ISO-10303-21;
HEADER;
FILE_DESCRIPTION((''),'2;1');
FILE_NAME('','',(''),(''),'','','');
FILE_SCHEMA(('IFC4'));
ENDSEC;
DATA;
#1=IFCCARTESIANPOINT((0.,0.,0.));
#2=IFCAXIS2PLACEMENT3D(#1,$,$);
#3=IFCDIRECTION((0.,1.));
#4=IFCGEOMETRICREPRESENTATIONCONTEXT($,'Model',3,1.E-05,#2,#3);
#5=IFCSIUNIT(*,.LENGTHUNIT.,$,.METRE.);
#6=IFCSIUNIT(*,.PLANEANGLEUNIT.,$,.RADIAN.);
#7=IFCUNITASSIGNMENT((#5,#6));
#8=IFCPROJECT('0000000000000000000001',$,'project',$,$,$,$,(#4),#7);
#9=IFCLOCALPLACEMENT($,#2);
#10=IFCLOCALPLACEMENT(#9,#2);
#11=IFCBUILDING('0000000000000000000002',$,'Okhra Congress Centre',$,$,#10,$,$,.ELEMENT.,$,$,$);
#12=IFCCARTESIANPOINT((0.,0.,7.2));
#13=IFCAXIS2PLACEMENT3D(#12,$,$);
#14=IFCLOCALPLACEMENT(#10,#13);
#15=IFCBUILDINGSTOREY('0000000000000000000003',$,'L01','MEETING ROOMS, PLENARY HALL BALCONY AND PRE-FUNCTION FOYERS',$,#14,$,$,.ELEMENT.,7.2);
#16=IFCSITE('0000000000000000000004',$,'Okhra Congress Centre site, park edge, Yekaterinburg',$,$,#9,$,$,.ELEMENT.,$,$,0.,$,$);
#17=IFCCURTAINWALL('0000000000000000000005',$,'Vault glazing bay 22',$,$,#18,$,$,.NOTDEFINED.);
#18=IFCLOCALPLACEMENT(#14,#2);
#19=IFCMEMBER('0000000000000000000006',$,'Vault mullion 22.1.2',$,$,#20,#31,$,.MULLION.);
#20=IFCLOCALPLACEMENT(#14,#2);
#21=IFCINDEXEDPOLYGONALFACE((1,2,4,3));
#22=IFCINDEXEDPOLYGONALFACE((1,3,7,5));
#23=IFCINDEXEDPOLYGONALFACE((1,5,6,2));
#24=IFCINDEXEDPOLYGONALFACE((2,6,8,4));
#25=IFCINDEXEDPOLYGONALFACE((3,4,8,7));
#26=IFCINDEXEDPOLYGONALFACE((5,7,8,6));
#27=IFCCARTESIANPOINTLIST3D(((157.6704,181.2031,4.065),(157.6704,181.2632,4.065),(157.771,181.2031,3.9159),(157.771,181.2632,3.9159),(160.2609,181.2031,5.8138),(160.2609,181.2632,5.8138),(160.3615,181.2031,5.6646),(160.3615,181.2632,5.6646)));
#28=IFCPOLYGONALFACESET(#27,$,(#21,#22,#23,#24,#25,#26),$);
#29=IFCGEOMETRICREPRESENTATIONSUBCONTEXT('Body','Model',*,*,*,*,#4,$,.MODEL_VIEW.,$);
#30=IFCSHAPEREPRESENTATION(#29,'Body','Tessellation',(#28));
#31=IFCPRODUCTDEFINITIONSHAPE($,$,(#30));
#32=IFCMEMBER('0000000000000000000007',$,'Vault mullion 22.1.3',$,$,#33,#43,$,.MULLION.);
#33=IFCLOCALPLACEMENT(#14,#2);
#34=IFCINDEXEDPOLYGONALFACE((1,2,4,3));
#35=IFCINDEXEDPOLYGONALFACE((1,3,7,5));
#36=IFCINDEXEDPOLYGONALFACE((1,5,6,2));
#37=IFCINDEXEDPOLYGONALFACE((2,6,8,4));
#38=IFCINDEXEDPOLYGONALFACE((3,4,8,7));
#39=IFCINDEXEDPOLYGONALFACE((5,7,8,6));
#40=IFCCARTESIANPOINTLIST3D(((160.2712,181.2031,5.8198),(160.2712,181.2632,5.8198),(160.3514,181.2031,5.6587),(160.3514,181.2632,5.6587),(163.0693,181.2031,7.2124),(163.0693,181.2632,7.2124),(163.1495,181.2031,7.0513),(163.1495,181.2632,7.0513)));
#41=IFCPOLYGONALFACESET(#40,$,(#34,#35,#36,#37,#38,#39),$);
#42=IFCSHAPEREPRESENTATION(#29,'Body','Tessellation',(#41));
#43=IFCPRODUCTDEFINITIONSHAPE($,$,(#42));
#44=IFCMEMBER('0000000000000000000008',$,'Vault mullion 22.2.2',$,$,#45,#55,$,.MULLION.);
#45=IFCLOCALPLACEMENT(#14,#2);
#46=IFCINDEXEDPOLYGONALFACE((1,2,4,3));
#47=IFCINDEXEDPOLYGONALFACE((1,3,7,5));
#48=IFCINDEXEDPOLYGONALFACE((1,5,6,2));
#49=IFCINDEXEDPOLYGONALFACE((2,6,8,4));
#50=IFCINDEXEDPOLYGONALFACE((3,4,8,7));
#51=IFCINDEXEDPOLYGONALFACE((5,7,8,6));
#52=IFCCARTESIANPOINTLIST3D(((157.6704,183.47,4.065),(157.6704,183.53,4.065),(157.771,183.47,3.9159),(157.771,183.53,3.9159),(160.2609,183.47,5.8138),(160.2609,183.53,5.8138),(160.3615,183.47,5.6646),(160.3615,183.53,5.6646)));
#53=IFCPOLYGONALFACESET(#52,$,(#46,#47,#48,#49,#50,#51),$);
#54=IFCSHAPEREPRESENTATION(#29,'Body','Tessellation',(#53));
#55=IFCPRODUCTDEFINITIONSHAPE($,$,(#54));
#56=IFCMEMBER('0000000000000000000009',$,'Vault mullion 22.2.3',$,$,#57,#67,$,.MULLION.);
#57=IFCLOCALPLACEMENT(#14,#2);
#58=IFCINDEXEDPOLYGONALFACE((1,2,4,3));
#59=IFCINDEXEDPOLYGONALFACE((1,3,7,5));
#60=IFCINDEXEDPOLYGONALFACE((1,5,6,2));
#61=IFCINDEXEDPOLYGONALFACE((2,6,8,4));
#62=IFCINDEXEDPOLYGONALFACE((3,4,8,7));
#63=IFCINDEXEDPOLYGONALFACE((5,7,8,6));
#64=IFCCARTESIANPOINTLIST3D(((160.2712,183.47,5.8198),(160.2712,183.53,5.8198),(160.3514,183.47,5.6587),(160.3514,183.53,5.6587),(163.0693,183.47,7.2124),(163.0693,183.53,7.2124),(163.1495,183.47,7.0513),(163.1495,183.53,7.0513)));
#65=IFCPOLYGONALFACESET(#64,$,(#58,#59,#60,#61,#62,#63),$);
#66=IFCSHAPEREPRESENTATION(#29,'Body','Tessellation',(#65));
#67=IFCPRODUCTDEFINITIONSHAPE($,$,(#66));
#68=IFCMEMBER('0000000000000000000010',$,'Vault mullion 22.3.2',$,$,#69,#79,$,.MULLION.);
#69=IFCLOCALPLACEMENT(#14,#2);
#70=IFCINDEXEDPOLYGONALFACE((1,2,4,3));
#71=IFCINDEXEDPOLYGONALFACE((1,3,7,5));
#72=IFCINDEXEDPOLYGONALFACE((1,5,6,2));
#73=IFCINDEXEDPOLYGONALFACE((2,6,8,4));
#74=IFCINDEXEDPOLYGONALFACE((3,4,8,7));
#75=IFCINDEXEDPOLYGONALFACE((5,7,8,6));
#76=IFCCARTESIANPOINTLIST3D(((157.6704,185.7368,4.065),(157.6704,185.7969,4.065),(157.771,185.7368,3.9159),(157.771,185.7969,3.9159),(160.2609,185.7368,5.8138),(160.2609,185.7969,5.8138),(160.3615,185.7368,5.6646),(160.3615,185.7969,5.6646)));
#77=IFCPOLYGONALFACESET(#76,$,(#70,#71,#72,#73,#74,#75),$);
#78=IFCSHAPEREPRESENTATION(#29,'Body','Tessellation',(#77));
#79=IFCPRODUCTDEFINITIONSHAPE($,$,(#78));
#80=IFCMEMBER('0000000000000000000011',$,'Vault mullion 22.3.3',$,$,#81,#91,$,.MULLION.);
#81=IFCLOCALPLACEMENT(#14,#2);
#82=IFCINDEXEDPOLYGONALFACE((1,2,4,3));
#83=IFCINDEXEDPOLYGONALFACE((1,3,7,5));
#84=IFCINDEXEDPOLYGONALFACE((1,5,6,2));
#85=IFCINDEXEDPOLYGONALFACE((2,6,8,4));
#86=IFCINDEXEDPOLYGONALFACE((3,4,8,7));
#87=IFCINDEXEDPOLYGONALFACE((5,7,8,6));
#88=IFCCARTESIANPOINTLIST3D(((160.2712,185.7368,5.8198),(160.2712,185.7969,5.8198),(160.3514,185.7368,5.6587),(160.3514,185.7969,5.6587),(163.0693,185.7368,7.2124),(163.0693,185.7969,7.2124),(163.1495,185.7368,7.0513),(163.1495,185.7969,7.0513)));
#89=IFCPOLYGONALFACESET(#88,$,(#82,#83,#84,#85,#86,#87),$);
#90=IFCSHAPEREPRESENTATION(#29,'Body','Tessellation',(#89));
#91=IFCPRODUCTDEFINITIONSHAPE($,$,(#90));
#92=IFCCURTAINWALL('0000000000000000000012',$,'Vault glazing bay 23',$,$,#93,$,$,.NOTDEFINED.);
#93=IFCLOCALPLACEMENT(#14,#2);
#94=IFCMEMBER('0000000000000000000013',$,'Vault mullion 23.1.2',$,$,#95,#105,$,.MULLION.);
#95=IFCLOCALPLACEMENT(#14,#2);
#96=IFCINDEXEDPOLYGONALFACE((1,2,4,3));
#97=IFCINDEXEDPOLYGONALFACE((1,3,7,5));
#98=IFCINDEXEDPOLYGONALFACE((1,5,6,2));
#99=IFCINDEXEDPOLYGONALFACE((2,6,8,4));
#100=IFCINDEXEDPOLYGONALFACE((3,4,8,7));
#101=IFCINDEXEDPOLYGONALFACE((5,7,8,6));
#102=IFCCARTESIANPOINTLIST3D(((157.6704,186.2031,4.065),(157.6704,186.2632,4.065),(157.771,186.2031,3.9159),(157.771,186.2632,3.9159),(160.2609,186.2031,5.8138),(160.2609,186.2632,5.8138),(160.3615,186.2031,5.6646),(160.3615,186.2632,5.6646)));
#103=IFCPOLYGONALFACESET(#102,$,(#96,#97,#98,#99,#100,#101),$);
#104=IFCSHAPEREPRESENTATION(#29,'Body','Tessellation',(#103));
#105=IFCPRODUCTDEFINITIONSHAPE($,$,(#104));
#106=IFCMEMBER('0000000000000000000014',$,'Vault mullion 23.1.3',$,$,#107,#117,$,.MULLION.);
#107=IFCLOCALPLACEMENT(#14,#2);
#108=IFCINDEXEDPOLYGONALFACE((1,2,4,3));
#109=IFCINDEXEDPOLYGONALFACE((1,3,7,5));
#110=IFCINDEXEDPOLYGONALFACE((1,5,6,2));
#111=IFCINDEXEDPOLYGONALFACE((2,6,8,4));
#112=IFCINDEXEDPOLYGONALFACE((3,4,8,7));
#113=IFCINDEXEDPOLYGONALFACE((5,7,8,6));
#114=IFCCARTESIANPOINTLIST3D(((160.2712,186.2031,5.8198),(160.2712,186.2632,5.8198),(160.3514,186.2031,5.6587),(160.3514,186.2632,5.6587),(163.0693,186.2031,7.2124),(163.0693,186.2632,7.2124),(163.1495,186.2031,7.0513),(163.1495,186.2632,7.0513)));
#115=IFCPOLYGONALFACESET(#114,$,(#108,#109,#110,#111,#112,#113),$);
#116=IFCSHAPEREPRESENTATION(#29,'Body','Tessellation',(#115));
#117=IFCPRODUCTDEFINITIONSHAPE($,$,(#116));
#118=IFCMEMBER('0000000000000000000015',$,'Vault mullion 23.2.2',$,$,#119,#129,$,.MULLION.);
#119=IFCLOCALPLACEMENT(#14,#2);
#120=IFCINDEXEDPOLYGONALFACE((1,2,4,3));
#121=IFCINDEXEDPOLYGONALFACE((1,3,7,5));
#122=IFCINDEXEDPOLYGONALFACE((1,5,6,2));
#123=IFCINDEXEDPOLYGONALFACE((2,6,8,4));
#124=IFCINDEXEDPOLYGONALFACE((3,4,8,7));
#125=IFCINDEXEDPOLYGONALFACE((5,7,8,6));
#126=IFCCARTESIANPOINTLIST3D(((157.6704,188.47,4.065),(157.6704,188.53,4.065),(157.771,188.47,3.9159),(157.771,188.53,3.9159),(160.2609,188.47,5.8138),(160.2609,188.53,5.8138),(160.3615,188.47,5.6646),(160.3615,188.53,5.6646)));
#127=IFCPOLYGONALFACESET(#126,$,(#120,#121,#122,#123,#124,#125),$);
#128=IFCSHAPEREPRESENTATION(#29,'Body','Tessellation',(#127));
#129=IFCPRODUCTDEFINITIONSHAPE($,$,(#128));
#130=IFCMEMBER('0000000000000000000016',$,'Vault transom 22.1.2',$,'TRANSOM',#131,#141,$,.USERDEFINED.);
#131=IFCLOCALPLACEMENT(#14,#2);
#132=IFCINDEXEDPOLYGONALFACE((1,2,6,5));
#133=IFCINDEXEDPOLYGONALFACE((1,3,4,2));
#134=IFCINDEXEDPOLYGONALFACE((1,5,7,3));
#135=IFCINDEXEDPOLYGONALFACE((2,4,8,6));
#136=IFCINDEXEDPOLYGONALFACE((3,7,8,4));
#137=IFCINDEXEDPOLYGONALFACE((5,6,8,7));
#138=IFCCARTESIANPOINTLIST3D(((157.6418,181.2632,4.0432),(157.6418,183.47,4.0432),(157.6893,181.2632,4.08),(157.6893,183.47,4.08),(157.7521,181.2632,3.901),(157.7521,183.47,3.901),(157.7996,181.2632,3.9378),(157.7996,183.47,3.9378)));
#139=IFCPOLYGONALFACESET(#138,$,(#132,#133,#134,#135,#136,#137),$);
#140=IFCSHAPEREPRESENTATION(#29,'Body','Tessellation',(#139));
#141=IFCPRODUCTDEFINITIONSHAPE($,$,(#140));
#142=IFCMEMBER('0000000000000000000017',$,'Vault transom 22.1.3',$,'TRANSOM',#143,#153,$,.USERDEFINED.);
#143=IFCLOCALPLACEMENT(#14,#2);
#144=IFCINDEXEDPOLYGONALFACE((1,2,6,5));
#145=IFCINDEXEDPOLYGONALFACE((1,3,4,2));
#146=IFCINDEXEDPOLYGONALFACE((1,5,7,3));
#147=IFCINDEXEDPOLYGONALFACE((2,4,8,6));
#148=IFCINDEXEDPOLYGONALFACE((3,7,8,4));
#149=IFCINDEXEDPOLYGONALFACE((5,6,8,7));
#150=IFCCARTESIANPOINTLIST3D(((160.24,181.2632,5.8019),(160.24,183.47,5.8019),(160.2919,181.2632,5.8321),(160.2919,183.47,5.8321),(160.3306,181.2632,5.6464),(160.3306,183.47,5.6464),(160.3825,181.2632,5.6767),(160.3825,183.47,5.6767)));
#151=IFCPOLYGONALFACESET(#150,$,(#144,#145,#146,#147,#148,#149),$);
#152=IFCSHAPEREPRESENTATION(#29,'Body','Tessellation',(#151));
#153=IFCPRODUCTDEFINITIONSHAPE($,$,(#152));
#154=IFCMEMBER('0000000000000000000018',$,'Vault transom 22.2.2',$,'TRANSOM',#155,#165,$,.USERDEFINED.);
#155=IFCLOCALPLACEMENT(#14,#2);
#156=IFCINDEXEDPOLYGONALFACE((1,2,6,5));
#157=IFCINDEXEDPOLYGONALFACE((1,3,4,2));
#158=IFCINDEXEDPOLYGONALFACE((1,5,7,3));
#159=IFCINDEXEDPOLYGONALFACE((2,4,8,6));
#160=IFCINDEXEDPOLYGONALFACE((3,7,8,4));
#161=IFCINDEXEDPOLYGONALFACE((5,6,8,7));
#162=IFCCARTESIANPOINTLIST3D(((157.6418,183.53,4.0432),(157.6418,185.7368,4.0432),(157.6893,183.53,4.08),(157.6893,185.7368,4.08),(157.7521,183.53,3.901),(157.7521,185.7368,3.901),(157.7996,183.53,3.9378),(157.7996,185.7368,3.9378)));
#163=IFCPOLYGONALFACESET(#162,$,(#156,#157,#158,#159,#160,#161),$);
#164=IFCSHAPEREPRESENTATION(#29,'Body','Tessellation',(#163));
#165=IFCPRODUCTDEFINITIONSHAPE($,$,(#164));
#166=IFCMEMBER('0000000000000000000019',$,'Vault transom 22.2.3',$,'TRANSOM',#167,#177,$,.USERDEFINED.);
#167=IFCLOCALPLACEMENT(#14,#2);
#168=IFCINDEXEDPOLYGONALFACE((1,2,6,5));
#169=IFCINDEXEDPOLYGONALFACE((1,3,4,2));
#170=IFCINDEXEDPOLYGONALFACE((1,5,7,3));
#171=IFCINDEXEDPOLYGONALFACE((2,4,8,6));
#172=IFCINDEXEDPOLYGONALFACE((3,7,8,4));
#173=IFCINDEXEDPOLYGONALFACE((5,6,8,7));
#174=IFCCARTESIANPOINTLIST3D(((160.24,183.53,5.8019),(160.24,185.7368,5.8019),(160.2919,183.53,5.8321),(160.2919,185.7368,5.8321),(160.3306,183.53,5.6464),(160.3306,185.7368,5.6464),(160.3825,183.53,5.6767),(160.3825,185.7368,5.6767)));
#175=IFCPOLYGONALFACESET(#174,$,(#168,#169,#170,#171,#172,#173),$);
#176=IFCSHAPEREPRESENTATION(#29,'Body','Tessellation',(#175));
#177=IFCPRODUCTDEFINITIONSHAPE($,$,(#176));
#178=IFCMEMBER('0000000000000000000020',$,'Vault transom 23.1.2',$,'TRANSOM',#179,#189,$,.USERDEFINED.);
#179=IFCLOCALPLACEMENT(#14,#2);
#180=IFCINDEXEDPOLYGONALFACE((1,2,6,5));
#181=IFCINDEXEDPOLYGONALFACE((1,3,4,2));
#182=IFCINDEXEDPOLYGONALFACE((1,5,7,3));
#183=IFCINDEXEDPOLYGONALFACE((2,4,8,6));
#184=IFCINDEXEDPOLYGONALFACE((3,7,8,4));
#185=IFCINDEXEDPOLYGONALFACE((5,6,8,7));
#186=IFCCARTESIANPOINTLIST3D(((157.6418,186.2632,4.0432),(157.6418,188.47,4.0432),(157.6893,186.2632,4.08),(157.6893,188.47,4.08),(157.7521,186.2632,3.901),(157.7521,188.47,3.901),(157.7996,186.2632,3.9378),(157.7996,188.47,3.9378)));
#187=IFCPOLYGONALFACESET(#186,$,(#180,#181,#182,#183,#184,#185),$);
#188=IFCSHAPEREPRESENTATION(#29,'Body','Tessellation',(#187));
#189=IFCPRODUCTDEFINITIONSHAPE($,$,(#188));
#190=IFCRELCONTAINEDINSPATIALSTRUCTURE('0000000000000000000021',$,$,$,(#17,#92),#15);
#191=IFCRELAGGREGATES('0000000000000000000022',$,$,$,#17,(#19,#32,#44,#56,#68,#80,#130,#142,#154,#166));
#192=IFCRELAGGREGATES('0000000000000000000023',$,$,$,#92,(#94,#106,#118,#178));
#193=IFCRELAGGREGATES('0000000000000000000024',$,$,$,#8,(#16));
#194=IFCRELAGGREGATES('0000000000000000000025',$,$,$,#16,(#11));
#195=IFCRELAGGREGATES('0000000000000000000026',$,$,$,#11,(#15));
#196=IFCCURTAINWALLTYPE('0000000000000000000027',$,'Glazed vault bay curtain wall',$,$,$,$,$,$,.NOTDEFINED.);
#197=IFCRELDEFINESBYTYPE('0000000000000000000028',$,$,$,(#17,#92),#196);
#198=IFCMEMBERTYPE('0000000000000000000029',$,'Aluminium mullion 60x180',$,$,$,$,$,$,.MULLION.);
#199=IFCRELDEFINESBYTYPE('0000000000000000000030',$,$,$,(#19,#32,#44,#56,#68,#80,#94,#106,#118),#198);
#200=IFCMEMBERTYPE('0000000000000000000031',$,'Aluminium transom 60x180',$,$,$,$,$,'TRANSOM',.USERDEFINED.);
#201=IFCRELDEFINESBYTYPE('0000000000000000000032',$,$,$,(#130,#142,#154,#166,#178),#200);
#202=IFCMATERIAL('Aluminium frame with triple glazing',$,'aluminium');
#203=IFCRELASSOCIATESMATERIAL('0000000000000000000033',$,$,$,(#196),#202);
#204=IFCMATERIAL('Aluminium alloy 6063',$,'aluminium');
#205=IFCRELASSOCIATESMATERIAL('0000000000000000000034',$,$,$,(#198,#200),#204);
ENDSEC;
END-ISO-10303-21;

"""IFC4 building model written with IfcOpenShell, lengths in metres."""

from ifc_helpers import new_model, si_unit, direction, frame, origin, origin_2d, place, context, subcontext, project, spatial, rectangle, extrude, material, material_profile, profile_set, type_object, element, aggregate, save


model = new_model("IFC4")

# Units and contexts
model_context = context("Model", 3, precision=1e-05, world=origin(), true_north=direction((0.0, 1.0)))
body_context = subcontext(model_context, "Body", "Model", "MODEL_VIEW")
ifc_project = project(units=[si_unit("LENGTHUNIT", "METRE"), si_unit("PLANEANGLEUNIT", "RADIAN")], contexts=[model_context])

# Site, building, storey
site_placement = place(None, origin())
site = spatial("IfcSite", under=ifc_project, at=site_placement, Name="Okhra Congress Centre site, park edge, Yekaterinburg", CompositionType="ELEMENT", RefElevation=0.0)
building_placement = place(site_placement, origin())
building = spatial("IfcBuilding", under=site, at=building_placement, Name="Okhra Congress Centre", CompositionType="ELEMENT")
storey_placement = place(building_placement, frame((0.0, 0.0, 7.2)))
storey = spatial("IfcBuildingStorey", under=building, at=storey_placement, Name="L01", Description="MEETING ROOMS, PLENARY HALL BALCONY AND PRE-FUNCTION FOYERS", CompositionType="ELEMENT", Elevation=7.2)

# Curtain walls, members
ifc_material_1 = material(Name="Aluminium frame with triple glazing", Category="aluminium")
curtain_wall_type = type_object("IfcCurtainWallType", Name="Glazed vault bay curtain wall", PredefinedType="NOTDEFINED", material=ifc_material_1)
curtain_wall_1_placement = place(storey_placement, origin())
curtain_wall_1 = element("IfcCurtainWall", 1, at=curtain_wall_1_placement, inside=storey, type_object=curtain_wall_type, Name="Vault glazing bay 22", PredefinedType="NOTDEFINED")
ifc_material_2 = material(Name="Aluminium alloy 6063", Category="aluminium")
ifc_material_profile_1 = material_profile(ifc_material_2, rectangle(XDim=0.0601, YDim=0.1799, at=origin_2d()), Name="AL 60x180")
ifc_profile_set_1 = profile_set([ifc_material_profile_1], Name="Aluminium alloy 6063")
member_type_1 = type_object("IfcMemberType", Name="Aluminium mullion 60x180", PredefinedType="MULLION", material=ifc_profile_set_1)
member_1_placement = place(storey_placement, frame((157.7207, 181.2332, 3.9905), z_axis=(0.828828, 0.0, 0.559504), x_axis=(0.0, 1.0, 0.0)))
member_1 = element("IfcMember", 2, at=member_1_placement, type_object=member_type_1, Name="Vault mullion 22.1.2", PredefinedType="MULLION", context=body_context, shape_type="SweptSolid", body=[
    extrude(rectangle(XDim=0.0601, YDim=0.1799, at=origin_2d()), origin(), (0.0, 0.0, 1.0), 3.1255),
])
member_2_placement = place(storey_placement, frame((160.3113, 181.2332, 5.7393), z_axis=(0.895254, 0.0, 0.445557), x_axis=(0.0, 1.0, 0.0)))
member_2 = element("IfcMember", 3, at=member_2_placement, type_object=member_type_1, Name="Vault mullion 22.1.3", PredefinedType="MULLION", context=body_context, shape_type="SweptSolid", body=[
    extrude(rectangle(XDim=0.0601, YDim=0.1799, at=origin_2d()), origin(), (0.0, 0.0, 1.0), 3.1255),
])
member_3_placement = place(storey_placement, frame((157.7207, 183.5, 3.9905), z_axis=(0.828828, 0.0, 0.559504), x_axis=(0.0, 1.0, 0.0)))
member_3 = element("IfcMember", 4, at=member_3_placement, type_object=member_type_1, Name="Vault mullion 22.2.2", PredefinedType="MULLION", context=body_context, shape_type="SweptSolid", body=[
    extrude(rectangle(XDim=0.0601, YDim=0.1799, at=origin_2d()), origin(), (0.0, 0.0, 1.0), 3.1255),
])
member_4_placement = place(storey_placement, frame((160.3113, 183.5, 5.7393), z_axis=(0.895254, 0.0, 0.445557), x_axis=(0.0, 1.0, 0.0)))
member_4 = element("IfcMember", 5, at=member_4_placement, type_object=member_type_1, Name="Vault mullion 22.2.3", PredefinedType="MULLION", context=body_context, shape_type="SweptSolid", body=[
    extrude(rectangle(XDim=0.0601, YDim=0.1799, at=origin_2d()), origin(), (0.0, 0.0, 1.0), 3.1255),
])
member_5_placement = place(storey_placement, frame((157.7207, 185.7668, 3.9905), z_axis=(0.828828, 0.0, 0.559504), x_axis=(0.0, 1.0, 0.0)))
member_5 = element("IfcMember", 6, at=member_5_placement, type_object=member_type_1, Name="Vault mullion 22.3.2", PredefinedType="MULLION", context=body_context, shape_type="SweptSolid", body=[
    extrude(rectangle(XDim=0.0601, YDim=0.1799, at=origin_2d()), origin(), (0.0, 0.0, 1.0), 3.1255),
])
member_6_placement = place(storey_placement, frame((160.3113, 185.7668, 5.7393), z_axis=(0.895254, 0.0, 0.445557), x_axis=(0.0, 1.0, 0.0)))
member_6 = element("IfcMember", 7, at=member_6_placement, type_object=member_type_1, Name="Vault mullion 22.3.3", PredefinedType="MULLION", context=body_context, shape_type="SweptSolid", body=[
    extrude(rectangle(XDim=0.0601, YDim=0.1799, at=origin_2d()), origin(), (0.0, 0.0, 1.0), 3.1255),
])
curtain_wall_2_placement = place(storey_placement, origin())
curtain_wall_2 = element("IfcCurtainWall", 8, at=curtain_wall_2_placement, inside=storey, type_object=curtain_wall_type, Name="Vault glazing bay 23", PredefinedType="NOTDEFINED")
member_7_placement = place(storey_placement, frame((157.7207, 186.2332, 3.9905), z_axis=(0.828828, 0.0, 0.559504), x_axis=(0.0, 1.0, 0.0)))
member_7 = element("IfcMember", 9, at=member_7_placement, type_object=member_type_1, Name="Vault mullion 23.1.2", PredefinedType="MULLION", context=body_context, shape_type="SweptSolid", body=[
    extrude(rectangle(XDim=0.0601, YDim=0.1799, at=origin_2d()), origin(), (0.0, 0.0, 1.0), 3.1255),
])
member_8_placement = place(storey_placement, frame((160.3113, 186.2332, 5.7393), z_axis=(0.895254, 0.0, 0.445557), x_axis=(0.0, 1.0, 0.0)))
member_8 = element("IfcMember", 10, at=member_8_placement, type_object=member_type_1, Name="Vault mullion 23.1.3", PredefinedType="MULLION", context=body_context, shape_type="SweptSolid", body=[
    extrude(rectangle(XDim=0.0601, YDim=0.1799, at=origin_2d()), origin(), (0.0, 0.0, 1.0), 3.1255),
])
member_9_placement = place(storey_placement, frame((157.7207, 188.5, 3.9905), z_axis=(0.828828, 0.0, 0.559504), x_axis=(0.0, 1.0, 0.0)))
member_9 = element("IfcMember", 11, at=member_9_placement, type_object=member_type_1, Name="Vault mullion 23.2.2", PredefinedType="MULLION", context=body_context, shape_type="SweptSolid", body=[
    extrude(rectangle(XDim=0.0601, YDim=0.1799, at=origin_2d()), origin(), (0.0, 0.0, 1.0), 3.1255),
])

# Members
ifc_material_profile_2 = material_profile(ifc_material_2, rectangle(XDim=0.0601, YDim=0.1799, at=origin_2d()), Name="AL 60x180 transom")
ifc_profile_set_2 = profile_set([ifc_material_profile_2], Name="Aluminium alloy 6063")
member_type_2 = type_object("IfcMemberType", Name="Aluminium transom 60x180", ElementType="TRANSOM", PredefinedType="USERDEFINED", material=ifc_profile_set_2)
member_10_placement = place(storey_placement, frame((157.7207, 181.2632, 3.9905), z_axis=(0.0, 1.0, 0.0), x_axis=(-0.790145, 0.0, -0.61292)))
member_10 = element("IfcMember", 12, at=member_10_placement, type_object=member_type_2, Name="Vault transom 22.1.2", ObjectType="TRANSOM", PredefinedType="USERDEFINED", context=body_context, shape_type="SweptSolid", body=[
    extrude(rectangle(XDim=0.0601, YDim=0.1799, at=origin_2d()), origin(), (0.0, 0.0, 1.0), 2.2068),
])
member_11_placement = place(storey_placement, frame((160.3113, 181.2632, 5.7393), z_axis=(0.0, 1.0, 0.0), x_axis=(-0.863917, 0.0, -0.503634)))
member_11 = element("IfcMember", 13, at=member_11_placement, type_object=member_type_2, Name="Vault transom 22.1.3", ObjectType="TRANSOM", PredefinedType="USERDEFINED", context=body_context, shape_type="SweptSolid", body=[
    extrude(rectangle(XDim=0.0601, YDim=0.1799, at=origin_2d()), origin(), (0.0, 0.0, 1.0), 2.2068),
])
member_12_placement = place(storey_placement, frame((157.7207, 183.53, 3.9905), z_axis=(0.0, 1.0, 0.0), x_axis=(-0.790145, 0.0, -0.61292)))
member_12 = element("IfcMember", 14, at=member_12_placement, type_object=member_type_2, Name="Vault transom 22.2.2", ObjectType="TRANSOM", PredefinedType="USERDEFINED", context=body_context, shape_type="SweptSolid", body=[
    extrude(rectangle(XDim=0.0601, YDim=0.1799, at=origin_2d()), origin(), (0.0, 0.0, 1.0), 2.2068),
])
member_13_placement = place(storey_placement, frame((160.3113, 183.53, 5.7393), z_axis=(0.0, 1.0, 0.0), x_axis=(-0.863917, 0.0, -0.503634)))
member_13 = element("IfcMember", 15, at=member_13_placement, type_object=member_type_2, Name="Vault transom 22.2.3", ObjectType="TRANSOM", PredefinedType="USERDEFINED", context=body_context, shape_type="SweptSolid", body=[
    extrude(rectangle(XDim=0.0601, YDim=0.1799, at=origin_2d()), origin(), (0.0, 0.0, 1.0), 2.2068),
])
member_14_placement = place(storey_placement, frame((157.7207, 186.2632, 3.9905), z_axis=(0.0, 1.0, 0.0), x_axis=(-0.790145, 0.0, -0.61292)))
member_14 = element("IfcMember", 16, at=member_14_placement, type_object=member_type_2, Name="Vault transom 23.1.2", ObjectType="TRANSOM", PredefinedType="USERDEFINED", context=body_context, shape_type="SweptSolid", body=[
    extrude(rectangle(XDim=0.0601, YDim=0.1799, at=origin_2d()), origin(), (0.0, 0.0, 1.0), 2.2068),
])

aggregate(curtain_wall_1, [member_1, member_2, member_3, member_4, member_5, member_6, member_10, member_11, member_12, member_13])
aggregate(curtain_wall_2, [member_7, member_8, member_9, member_14])

save(model, "model.ifc")
